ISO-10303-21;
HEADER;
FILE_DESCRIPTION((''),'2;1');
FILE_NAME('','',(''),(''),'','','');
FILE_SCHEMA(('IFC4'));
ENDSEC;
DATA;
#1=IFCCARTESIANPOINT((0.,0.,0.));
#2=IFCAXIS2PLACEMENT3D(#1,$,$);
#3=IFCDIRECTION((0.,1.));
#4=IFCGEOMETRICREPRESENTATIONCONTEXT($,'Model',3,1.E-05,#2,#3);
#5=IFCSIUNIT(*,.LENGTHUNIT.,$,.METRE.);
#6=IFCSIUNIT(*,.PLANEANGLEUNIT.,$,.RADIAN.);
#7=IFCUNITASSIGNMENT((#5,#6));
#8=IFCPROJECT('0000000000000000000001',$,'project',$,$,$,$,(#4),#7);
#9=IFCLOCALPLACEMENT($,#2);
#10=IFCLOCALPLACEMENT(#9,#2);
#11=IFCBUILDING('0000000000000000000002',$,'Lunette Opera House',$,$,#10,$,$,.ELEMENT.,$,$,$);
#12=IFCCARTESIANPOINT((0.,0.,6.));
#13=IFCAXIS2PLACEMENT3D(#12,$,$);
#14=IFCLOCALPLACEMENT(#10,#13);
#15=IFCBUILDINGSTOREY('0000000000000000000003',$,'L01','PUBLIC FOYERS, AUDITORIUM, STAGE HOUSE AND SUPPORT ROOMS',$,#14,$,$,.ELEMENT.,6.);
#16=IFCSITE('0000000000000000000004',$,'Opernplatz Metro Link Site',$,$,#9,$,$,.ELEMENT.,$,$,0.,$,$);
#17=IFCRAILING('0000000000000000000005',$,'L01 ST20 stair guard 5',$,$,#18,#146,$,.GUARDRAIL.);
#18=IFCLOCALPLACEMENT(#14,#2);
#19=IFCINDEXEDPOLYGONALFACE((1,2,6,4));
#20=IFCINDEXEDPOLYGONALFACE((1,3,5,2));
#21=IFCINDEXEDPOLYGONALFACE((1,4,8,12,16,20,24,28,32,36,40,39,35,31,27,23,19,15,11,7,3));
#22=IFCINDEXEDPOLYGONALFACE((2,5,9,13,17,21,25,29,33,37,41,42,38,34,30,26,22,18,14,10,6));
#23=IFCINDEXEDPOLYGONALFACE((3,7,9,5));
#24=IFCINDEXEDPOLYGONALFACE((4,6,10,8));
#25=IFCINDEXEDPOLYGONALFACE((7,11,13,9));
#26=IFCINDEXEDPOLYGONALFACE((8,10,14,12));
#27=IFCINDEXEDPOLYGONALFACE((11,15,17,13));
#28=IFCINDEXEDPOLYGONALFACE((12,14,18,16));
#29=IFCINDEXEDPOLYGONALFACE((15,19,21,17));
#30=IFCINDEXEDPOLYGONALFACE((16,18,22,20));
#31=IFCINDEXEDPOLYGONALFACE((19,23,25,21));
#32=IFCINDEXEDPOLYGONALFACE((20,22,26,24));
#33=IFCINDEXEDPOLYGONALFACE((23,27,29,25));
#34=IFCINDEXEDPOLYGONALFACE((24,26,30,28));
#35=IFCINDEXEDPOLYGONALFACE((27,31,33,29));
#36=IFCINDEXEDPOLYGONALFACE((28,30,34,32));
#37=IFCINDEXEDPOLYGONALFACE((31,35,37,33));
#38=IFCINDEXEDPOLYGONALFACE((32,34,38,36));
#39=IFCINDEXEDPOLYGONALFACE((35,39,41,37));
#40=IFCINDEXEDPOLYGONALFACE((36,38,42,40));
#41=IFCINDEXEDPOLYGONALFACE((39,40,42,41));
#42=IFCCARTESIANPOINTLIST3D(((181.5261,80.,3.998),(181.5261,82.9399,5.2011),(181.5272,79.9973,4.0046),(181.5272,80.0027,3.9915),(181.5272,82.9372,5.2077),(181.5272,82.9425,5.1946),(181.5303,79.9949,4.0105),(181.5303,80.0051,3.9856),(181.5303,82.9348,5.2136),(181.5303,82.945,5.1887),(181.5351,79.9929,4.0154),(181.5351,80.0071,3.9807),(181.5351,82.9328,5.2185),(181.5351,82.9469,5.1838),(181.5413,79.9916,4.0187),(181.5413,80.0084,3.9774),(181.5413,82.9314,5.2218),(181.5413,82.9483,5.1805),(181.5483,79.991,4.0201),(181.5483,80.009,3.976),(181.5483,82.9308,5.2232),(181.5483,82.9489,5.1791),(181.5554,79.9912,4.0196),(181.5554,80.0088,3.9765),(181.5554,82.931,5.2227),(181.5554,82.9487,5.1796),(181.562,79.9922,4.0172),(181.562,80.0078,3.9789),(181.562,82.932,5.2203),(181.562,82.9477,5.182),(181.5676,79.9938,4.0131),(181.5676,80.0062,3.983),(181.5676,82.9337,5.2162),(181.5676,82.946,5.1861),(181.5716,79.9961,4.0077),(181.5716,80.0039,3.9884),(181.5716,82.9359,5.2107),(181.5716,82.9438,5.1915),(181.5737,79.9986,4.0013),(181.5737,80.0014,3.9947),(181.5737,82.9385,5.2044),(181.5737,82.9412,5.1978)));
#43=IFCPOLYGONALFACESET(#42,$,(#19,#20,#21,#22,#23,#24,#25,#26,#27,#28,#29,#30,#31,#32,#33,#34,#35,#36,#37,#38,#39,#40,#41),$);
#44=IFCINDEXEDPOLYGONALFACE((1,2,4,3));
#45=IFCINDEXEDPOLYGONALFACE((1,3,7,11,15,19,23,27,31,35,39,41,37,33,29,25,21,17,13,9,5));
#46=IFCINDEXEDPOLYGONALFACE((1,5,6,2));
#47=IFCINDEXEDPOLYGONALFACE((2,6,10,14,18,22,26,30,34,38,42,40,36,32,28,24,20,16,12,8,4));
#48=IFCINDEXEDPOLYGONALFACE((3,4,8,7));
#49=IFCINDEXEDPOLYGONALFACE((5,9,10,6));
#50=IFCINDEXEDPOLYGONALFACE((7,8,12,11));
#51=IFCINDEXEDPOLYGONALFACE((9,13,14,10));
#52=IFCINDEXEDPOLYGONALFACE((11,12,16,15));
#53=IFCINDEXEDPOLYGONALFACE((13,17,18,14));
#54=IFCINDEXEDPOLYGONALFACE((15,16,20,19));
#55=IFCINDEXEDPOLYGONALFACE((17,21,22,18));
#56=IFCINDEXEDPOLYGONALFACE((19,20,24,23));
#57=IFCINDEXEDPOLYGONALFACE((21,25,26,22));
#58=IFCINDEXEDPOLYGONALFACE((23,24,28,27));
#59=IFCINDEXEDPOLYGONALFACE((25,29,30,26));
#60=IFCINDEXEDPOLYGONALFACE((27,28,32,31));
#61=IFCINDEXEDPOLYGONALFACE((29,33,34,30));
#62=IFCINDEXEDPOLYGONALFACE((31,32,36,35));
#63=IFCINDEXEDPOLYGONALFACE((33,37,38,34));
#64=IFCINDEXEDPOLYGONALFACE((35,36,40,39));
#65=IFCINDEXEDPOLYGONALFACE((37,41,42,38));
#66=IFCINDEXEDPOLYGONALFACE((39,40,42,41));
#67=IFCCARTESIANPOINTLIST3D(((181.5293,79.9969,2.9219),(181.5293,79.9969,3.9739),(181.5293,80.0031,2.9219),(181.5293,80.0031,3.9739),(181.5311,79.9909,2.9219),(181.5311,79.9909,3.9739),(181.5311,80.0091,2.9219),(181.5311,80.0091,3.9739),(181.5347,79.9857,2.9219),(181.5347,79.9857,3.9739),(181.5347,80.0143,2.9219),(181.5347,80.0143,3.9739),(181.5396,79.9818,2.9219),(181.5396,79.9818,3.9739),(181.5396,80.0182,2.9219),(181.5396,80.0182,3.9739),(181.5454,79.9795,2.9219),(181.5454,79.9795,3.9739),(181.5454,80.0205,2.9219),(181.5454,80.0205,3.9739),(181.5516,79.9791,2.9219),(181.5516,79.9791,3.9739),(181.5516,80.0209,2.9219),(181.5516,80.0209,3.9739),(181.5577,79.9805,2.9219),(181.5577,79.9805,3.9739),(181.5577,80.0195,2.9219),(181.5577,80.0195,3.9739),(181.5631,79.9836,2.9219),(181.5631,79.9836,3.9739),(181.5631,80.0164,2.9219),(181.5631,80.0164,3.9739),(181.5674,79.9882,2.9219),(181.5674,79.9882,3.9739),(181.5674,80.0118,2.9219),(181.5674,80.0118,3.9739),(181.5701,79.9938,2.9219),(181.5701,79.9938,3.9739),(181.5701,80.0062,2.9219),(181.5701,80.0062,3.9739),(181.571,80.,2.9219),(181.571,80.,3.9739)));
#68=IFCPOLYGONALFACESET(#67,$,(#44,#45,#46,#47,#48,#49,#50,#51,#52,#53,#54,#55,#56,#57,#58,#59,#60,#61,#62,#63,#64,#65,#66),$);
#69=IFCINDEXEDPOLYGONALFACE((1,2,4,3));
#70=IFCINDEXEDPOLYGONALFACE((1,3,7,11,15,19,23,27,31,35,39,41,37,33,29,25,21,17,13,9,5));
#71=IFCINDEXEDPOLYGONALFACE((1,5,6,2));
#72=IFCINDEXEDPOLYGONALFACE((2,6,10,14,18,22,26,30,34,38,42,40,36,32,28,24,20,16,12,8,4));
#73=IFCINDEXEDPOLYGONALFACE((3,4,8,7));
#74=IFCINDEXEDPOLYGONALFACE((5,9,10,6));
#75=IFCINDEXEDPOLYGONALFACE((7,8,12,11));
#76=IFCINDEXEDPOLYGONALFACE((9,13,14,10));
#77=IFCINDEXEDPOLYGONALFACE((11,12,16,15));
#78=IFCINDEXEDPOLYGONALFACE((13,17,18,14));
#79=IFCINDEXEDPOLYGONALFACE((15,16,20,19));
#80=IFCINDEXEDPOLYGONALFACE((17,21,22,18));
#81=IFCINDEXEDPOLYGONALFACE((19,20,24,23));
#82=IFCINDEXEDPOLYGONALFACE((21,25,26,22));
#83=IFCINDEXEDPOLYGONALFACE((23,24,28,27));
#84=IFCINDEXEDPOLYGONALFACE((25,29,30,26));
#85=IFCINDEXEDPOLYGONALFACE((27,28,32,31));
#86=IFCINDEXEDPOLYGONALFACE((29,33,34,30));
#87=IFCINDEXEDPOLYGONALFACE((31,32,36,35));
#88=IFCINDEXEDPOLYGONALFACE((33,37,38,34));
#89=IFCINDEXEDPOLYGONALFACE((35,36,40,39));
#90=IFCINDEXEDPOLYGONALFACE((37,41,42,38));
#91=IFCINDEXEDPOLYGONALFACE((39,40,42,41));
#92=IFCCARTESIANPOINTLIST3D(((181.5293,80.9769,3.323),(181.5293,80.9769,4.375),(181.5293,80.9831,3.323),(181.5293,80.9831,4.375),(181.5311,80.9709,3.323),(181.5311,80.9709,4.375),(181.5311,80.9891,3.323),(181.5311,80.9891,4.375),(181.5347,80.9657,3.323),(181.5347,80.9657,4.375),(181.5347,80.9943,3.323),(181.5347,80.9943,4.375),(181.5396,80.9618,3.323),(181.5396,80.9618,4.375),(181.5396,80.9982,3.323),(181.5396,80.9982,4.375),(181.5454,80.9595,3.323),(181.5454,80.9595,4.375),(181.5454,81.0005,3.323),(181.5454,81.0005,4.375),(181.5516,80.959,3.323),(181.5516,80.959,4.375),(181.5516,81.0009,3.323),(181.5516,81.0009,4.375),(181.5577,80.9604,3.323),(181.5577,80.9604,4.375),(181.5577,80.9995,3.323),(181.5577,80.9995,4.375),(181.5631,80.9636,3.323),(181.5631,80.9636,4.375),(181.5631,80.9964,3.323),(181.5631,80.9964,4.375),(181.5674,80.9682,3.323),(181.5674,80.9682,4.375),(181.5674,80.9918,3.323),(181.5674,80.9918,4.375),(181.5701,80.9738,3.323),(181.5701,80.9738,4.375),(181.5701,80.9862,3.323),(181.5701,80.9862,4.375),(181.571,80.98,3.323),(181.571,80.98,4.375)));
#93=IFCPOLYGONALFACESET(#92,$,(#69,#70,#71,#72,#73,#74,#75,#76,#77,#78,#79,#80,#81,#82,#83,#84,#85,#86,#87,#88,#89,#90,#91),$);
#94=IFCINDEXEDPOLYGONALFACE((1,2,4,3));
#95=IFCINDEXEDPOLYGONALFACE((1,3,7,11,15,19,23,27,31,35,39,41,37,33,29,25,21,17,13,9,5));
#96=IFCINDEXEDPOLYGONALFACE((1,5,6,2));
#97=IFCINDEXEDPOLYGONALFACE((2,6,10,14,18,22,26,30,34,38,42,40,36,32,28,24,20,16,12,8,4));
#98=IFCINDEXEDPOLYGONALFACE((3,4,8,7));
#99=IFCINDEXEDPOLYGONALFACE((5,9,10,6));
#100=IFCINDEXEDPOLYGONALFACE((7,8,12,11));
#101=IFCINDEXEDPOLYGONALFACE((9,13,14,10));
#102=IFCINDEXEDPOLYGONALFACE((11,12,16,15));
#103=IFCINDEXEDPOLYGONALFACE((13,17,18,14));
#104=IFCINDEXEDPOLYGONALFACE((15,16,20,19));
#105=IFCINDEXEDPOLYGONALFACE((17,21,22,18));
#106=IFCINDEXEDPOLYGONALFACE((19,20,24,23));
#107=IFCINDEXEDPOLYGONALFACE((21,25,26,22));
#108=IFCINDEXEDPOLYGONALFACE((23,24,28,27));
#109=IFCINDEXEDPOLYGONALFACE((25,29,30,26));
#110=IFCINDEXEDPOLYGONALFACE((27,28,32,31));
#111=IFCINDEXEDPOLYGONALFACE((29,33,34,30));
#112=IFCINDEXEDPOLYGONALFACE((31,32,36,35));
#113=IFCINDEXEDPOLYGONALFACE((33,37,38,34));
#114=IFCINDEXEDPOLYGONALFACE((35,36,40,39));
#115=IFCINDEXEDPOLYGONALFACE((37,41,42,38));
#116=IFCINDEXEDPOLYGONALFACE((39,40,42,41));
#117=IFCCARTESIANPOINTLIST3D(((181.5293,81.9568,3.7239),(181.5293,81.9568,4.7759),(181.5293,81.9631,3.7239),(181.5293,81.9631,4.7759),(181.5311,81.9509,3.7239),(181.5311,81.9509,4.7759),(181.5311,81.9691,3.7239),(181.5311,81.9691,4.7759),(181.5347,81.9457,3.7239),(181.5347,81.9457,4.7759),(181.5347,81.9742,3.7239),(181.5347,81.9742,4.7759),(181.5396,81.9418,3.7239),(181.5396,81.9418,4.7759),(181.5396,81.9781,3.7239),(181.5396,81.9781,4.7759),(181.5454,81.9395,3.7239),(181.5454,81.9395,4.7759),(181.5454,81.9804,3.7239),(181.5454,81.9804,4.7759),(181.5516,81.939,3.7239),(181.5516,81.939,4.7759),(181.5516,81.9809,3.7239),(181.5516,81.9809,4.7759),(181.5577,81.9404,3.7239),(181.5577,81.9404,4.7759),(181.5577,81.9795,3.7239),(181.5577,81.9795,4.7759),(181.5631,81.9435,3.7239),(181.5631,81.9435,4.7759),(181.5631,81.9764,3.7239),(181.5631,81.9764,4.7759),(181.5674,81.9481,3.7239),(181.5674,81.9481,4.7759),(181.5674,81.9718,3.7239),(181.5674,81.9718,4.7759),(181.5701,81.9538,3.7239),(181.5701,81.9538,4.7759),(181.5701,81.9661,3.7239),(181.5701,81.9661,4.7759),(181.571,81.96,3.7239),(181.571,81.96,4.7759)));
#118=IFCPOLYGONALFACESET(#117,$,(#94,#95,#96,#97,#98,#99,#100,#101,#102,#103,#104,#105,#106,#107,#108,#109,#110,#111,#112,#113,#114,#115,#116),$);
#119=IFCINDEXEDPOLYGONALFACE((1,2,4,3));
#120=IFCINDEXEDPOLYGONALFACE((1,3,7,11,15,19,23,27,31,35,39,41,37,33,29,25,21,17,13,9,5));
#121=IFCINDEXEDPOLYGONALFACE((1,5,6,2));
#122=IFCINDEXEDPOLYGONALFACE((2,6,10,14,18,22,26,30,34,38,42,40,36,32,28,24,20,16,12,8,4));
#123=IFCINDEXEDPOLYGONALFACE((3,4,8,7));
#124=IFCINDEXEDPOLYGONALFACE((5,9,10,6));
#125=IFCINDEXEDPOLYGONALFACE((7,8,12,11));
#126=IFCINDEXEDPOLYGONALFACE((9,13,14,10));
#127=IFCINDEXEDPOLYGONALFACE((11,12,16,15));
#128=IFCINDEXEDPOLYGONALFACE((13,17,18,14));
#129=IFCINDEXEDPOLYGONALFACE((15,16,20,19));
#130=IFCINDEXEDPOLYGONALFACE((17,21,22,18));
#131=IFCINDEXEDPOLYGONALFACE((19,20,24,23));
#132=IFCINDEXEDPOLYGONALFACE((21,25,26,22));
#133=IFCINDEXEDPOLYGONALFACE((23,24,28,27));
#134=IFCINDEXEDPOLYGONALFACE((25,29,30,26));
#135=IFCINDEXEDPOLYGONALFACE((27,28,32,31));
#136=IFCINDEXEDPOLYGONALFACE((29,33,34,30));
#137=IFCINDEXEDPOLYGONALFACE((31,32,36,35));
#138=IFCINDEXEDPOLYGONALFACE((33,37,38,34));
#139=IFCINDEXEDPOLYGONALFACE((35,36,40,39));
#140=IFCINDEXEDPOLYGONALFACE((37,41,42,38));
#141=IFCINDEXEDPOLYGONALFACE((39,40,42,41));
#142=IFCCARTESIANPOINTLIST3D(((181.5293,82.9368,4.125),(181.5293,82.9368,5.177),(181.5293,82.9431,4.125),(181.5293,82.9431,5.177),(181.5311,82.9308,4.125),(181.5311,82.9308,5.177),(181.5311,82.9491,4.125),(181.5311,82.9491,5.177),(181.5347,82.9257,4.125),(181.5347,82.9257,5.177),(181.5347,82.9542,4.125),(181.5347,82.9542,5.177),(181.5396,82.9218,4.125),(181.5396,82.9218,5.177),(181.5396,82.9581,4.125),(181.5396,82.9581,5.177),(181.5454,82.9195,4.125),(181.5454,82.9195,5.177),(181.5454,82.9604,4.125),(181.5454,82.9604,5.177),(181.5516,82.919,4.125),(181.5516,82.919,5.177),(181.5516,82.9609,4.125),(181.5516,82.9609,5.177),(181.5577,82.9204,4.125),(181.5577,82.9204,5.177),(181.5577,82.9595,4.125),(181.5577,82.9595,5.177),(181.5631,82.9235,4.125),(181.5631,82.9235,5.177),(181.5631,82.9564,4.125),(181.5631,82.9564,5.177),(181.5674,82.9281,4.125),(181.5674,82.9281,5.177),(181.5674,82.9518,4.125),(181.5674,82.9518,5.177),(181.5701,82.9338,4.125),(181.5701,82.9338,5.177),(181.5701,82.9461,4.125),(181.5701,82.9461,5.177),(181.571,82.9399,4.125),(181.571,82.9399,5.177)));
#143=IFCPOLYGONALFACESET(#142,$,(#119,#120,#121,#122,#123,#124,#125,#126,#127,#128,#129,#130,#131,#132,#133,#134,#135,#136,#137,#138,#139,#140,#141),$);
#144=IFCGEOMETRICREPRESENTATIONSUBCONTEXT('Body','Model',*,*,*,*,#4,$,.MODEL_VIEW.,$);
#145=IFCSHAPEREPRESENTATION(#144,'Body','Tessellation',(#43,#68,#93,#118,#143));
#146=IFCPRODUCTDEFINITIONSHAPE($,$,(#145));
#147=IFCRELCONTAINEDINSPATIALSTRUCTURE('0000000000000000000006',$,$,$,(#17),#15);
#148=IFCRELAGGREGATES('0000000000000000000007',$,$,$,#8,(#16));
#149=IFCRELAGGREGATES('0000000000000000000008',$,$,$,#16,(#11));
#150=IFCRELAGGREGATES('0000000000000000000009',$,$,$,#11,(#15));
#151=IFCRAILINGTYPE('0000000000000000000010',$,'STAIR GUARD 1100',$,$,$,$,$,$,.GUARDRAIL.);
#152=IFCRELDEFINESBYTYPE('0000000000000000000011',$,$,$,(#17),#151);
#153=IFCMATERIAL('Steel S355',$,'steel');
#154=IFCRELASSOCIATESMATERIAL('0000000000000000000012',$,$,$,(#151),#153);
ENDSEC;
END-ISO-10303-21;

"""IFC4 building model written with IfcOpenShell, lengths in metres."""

from ifc_helpers import new_model, si_unit, direction, frame, origin, origin_2d, place, context, subcontext, project, spatial, circle, extrude, material, type_object, element, save


model = new_model("IFC4")

# Units and contexts
model_context = context("Model", 3, precision=1e-05, world=origin(), true_north=direction((0.0, 1.0)))
body_context = subcontext(model_context, "Body", "Model", "MODEL_VIEW")
ifc_project = project(units=[si_unit("LENGTHUNIT", "METRE"), si_unit("PLANEANGLEUNIT", "RADIAN")], contexts=[model_context])

# Site, building, storey
site_placement = place(None, origin())
site = spatial("IfcSite", under=ifc_project, at=site_placement, Name="Opernplatz Metro Link Site", CompositionType="ELEMENT", RefElevation=0.0)
building_placement = place(site_placement, origin())
building = spatial("IfcBuilding", under=site, at=building_placement, Name="Lunette Opera House", CompositionType="ELEMENT")
storey_placement = place(building_placement, frame((0.0, 0.0, 6.0)))
storey = spatial("IfcBuildingStorey", under=building, at=storey_placement, Name="L01", Description="PUBLIC FOYERS, AUDITORIUM, STAGE HOUSE AND SUPPORT ROOMS", CompositionType="ELEMENT", Elevation=6.0)

# Railing
ifc_material_1 = material(Name="Steel S355", Category="steel")
railing_type_1 = type_object("IfcRailingType", Name="STAIR GUARD 1100", PredefinedType="GUARDRAIL", material=ifc_material_1)
railing_1_placement = place(storey_placement, frame((181.55, 80.0, 2.9219)))
element("IfcRailing", 1, at=railing_1_placement, inside=storey, type_object=railing_type_1, Name="L01 ST20 stair guard 5", PredefinedType="GUARDRAIL", context=body_context, shape_type="SweptSolid", body=[
    extrude(circle(Radius=0.0239, at=origin_2d()), frame((0.0, 0.0, 1.0762), z_axis=(0.0, 0.9255, 0.378747), x_axis=(-1.0, 0.0, 0.0)), (0.0, 0.0, 1.0), 3.1765),
    extrude(circle(Radius=0.021, at=origin_2d()), origin(), (0.0, 0.0, 1.0), 1.052),
    extrude(circle(Radius=0.021, at=origin_2d()), frame((0.0, 0.98, 0.4011)), (0.0, 0.0, 1.0), 1.052),
    extrude(circle(Radius=0.021, at=origin_2d()), frame((0.0, 1.96, 0.802)), (0.0, 0.0, 1.0), 1.052),
    extrude(circle(Radius=0.021, at=origin_2d()), frame((0.0, 2.9399, 1.2031)), (0.0, 0.0, 1.0), 1.052),
])

save(model, "model.ifc")
